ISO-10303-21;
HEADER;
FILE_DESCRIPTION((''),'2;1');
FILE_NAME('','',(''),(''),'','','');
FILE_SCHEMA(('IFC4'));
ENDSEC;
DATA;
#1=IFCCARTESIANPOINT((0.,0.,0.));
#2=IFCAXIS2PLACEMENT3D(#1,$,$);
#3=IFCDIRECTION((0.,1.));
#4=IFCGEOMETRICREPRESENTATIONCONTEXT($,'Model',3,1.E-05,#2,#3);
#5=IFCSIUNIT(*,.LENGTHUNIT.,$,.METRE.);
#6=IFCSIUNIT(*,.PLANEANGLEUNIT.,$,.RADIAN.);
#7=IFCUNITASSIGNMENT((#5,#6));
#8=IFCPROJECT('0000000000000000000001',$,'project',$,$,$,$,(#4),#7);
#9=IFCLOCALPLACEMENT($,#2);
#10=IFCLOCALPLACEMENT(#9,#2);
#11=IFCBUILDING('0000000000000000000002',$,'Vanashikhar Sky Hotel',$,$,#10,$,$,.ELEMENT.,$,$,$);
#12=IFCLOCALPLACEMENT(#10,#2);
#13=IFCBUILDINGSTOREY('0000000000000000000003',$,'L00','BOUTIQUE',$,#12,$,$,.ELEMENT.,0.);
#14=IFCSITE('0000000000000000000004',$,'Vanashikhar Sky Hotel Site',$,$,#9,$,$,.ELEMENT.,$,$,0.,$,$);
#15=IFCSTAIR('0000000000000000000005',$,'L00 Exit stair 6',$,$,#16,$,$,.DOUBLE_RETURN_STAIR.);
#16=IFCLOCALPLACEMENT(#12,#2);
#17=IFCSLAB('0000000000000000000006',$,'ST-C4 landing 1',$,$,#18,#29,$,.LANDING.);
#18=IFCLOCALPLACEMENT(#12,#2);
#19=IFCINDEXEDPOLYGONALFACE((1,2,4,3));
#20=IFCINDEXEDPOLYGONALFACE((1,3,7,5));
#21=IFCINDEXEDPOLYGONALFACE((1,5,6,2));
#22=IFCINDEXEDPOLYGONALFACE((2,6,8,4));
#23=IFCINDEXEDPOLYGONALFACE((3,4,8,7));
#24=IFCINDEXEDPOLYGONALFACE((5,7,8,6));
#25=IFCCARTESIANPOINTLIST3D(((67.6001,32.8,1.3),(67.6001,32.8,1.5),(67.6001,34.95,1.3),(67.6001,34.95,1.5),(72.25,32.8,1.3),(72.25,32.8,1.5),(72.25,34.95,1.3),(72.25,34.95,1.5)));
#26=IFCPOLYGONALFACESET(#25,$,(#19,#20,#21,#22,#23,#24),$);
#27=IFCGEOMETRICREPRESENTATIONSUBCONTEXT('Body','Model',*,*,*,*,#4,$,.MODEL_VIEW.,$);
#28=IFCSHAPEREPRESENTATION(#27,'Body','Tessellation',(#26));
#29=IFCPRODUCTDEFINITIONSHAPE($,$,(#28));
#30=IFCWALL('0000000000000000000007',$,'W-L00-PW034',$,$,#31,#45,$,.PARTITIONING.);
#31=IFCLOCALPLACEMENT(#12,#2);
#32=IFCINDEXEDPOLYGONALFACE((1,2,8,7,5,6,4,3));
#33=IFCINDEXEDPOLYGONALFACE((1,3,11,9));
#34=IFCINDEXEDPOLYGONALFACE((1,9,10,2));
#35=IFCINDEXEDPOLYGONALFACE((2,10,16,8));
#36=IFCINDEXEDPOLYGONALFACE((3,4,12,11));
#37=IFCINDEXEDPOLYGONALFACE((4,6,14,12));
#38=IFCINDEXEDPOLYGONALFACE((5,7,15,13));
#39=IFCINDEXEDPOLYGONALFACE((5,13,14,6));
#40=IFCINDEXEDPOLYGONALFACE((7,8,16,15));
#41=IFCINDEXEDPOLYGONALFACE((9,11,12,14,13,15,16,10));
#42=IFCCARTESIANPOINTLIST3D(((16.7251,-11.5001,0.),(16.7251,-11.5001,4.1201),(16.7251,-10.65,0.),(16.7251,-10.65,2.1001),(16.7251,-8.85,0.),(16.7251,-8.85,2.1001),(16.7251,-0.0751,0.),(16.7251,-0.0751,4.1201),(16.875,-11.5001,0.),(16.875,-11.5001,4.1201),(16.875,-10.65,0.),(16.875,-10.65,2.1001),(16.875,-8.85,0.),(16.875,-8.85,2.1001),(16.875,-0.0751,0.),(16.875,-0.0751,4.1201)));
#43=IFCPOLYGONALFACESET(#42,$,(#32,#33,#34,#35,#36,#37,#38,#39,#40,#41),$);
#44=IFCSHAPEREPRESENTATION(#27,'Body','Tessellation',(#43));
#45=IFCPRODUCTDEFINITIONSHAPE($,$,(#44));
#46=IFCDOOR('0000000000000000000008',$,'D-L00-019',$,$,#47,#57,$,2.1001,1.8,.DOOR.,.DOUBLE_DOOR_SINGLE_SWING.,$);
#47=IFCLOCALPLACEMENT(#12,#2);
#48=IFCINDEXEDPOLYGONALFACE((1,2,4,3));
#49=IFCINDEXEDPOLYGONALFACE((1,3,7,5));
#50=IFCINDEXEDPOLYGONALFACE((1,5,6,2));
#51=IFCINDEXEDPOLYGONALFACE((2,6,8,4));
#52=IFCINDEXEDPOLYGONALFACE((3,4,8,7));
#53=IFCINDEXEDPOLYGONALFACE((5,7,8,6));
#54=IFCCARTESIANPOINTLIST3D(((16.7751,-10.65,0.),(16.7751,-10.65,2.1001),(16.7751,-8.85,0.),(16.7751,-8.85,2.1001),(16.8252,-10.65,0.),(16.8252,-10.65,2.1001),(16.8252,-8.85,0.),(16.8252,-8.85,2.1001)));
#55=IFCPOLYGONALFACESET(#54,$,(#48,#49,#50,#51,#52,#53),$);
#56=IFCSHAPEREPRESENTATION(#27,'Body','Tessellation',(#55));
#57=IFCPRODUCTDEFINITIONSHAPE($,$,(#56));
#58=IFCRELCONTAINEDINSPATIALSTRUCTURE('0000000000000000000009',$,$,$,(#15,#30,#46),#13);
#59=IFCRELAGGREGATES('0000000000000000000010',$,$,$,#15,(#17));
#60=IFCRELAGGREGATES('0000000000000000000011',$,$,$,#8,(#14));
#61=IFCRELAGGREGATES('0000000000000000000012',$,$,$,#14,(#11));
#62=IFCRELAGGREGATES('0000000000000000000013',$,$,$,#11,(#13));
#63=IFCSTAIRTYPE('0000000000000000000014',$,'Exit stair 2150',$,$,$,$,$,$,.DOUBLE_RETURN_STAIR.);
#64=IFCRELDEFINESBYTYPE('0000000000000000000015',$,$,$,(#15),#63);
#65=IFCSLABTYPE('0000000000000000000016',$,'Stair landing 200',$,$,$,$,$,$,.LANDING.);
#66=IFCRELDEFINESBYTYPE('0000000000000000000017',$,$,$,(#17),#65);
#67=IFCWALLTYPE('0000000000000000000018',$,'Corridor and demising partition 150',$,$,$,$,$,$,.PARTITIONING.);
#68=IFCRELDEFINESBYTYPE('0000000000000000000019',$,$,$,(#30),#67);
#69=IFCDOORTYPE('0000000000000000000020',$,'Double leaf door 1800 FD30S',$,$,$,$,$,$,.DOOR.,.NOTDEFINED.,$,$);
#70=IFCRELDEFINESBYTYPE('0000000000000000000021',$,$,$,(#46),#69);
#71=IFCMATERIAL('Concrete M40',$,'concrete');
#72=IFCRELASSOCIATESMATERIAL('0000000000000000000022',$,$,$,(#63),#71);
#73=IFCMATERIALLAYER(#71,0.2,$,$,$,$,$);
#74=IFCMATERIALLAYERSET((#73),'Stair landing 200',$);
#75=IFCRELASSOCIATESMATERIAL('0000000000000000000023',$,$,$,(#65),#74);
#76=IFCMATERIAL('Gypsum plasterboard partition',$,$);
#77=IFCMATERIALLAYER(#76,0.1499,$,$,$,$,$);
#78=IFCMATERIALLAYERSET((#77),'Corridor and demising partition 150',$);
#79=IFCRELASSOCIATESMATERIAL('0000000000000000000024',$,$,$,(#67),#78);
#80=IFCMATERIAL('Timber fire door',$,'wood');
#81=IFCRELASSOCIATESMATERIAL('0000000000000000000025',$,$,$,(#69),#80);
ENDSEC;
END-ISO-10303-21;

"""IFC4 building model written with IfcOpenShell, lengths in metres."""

from ifc_helpers import new_model, si_unit, direction, frame, frame_2d, origin, place, context, subcontext, project, spatial, polyline, rectangle, outline, extrude, source, transform, mapped, material, layer, layer_set, type_object, element, fill, aggregate, save


model = new_model("IFC4")

# Units and contexts
model_context = context("Model", 3, precision=1e-05, world=origin(), true_north=direction((0.0, 1.0)))
body_context = subcontext(model_context, "Body", "Model", "MODEL_VIEW")
ifc_project = project(units=[si_unit("LENGTHUNIT", "METRE"), si_unit("PLANEANGLEUNIT", "RADIAN")], contexts=[model_context])

# Site, building, storey
site_placement = place(None, origin())
site = spatial("IfcSite", under=ifc_project, at=site_placement, Name="Vanashikhar Sky Hotel Site", CompositionType="ELEMENT", RefElevation=0.0)
building_placement = place(site_placement, origin())
building = spatial("IfcBuilding", under=site, at=building_placement, Name="Vanashikhar Sky Hotel", CompositionType="ELEMENT")
storey_placement = place(building_placement, origin())
storey = spatial("IfcBuildingStorey", under=building, at=storey_placement, Name="L00", Description="BOUTIQUE", CompositionType="ELEMENT", Elevation=0.0)

# Shared definitions
ifc_material_1 = material(Name="Concrete M40", Category="concrete")
stair_type = type_object("IfcStairType", Name="Exit stair 2150", PredefinedType="DOUBLE_RETURN_STAIR", material=ifc_material_1)
ifc_layer_1 = layer(ifc_material_1, 0.2)
ifc_layer_set_1 = layer_set([ifc_layer_1], Name="Stair landing 200")
slab_type_1 = type_object("IfcSlabType", Name="Stair landing 200", PredefinedType="LANDING", material=ifc_layer_set_1)

# Stair, slab
stair_1_placement = place(storey_placement, origin())
stair_1 = element("IfcStair", 1, at=stair_1_placement, inside=storey, type_object=stair_type, Name="L00 Exit stair 6", PredefinedType="DOUBLE_RETURN_STAIR")
shared_shape_1 = source(origin(), body_context, "Body", "SweptSolid", [
    extrude(outline(polyline([(72.25, 32.8), (72.25, 34.95), (67.6001, 34.95), (67.6001, 32.8), (72.25, 32.8)])), origin(), (0.0, 0.0, 1.0), 0.2),
])
slab_1_placement = place(storey_placement, frame((0.0, 0.0, 1.3)))
slab_1 = element("IfcSlab", 2, at=slab_1_placement, type_object=slab_type_1, Name="ST-C4 landing 1", PredefinedType="LANDING", context=body_context, shape_type="MappedRepresentation", body=[
    mapped(shared_shape_1, transform((0.0, 0.0, 0.0), scale=1.0)),
])
aggregate(stair_1, [slab_1])

# Wall, opening, door
ifc_material_2 = material(Name="Gypsum plasterboard partition")
ifc_layer_2 = layer(ifc_material_2, 0.1499)
ifc_layer_set_2 = layer_set([ifc_layer_2], Name="Corridor and demising partition 150")
wall_type = type_object("IfcWallType", Name="Corridor and demising partition 150", PredefinedType="PARTITIONING", material=ifc_layer_set_2)
shared_shape_2 = source(origin(), body_context, "Body", "SweptSolid", [
    extrude(rectangle(XDim=11.425, YDim=0.1499, at=frame_2d((5.7124, 0.0))), origin(), (0.0, 0.0, 1.0), 4.1201),
])
wall_placement = place(storey_placement, frame((16.8, -11.5, 0.0), z_axis=(0.0, 0.0, 1.0), x_axis=(0.0, 1.0, 0.0)))
wall = element("IfcWall", 3, at=wall_placement, inside=storey, type_object=wall_type, Name="W-L00-PW034", PredefinedType="PARTITIONING", context=body_context, shape_type="MappedRepresentation", body=[
    mapped(shared_shape_2, transform((0.0, 0.0, 0.0), scale=1.0)),
])
shared_shape_3 = source(origin(), body_context, "Body", "SweptSolid", [
    extrude(rectangle(XDim=1.8, YDim=2.1001, at=frame_2d((0.8999, 1.05))), frame((0.0, 0.085, 0.0), z_axis=(0.0, -1.0, 0.0), x_axis=(1.0, 0.0, 0.0)), (0.0, 0.0, 1.0), 0.1699),
])
opening_placement = place(wall_placement, frame((0.8501, 0.0, 0.0)))
opening = element("IfcOpeningElement", 4, at=opening_placement, cuts=wall, PredefinedType="OPENING", context=body_context, shape_type="MappedRepresentation", body=[
    mapped(shared_shape_3, transform((0.0, 0.0, 0.0), scale=1.0)),
])
ifc_material_3 = material(Name="Timber fire door", Category="wood")
door_type = type_object("IfcDoorType", Name="Double leaf door 1800 FD30S", OperationType="NOTDEFINED", PredefinedType="DOOR", material=ifc_material_3)
shared_shape_4 = source(origin(), body_context, "Body", "SweptSolid", [
    extrude(rectangle(XDim=1.8, YDim=2.1001, at=frame_2d((0.8999, 1.05))), frame((0.0, 0.0249, 0.0), z_axis=(0.0, -1.0, 0.0), x_axis=(1.0, 0.0, 0.0)), (0.0, 0.0, 1.0), 0.05),
])
door_placement = place(opening_placement, origin())
door = element("IfcDoor", 5, at=door_placement, inside=storey, type_object=door_type, Name="D-L00-019", OperationType="DOUBLE_DOOR_SINGLE_SWING", OverallHeight=2.1001, OverallWidth=1.8, PredefinedType="DOOR", context=body_context, shape_type="MappedRepresentation", body=[
    mapped(shared_shape_4, transform((0.0, 0.0, 0.0), scale=1.0)),
])
fill(opening, door)

save(model, "model.ifc")
